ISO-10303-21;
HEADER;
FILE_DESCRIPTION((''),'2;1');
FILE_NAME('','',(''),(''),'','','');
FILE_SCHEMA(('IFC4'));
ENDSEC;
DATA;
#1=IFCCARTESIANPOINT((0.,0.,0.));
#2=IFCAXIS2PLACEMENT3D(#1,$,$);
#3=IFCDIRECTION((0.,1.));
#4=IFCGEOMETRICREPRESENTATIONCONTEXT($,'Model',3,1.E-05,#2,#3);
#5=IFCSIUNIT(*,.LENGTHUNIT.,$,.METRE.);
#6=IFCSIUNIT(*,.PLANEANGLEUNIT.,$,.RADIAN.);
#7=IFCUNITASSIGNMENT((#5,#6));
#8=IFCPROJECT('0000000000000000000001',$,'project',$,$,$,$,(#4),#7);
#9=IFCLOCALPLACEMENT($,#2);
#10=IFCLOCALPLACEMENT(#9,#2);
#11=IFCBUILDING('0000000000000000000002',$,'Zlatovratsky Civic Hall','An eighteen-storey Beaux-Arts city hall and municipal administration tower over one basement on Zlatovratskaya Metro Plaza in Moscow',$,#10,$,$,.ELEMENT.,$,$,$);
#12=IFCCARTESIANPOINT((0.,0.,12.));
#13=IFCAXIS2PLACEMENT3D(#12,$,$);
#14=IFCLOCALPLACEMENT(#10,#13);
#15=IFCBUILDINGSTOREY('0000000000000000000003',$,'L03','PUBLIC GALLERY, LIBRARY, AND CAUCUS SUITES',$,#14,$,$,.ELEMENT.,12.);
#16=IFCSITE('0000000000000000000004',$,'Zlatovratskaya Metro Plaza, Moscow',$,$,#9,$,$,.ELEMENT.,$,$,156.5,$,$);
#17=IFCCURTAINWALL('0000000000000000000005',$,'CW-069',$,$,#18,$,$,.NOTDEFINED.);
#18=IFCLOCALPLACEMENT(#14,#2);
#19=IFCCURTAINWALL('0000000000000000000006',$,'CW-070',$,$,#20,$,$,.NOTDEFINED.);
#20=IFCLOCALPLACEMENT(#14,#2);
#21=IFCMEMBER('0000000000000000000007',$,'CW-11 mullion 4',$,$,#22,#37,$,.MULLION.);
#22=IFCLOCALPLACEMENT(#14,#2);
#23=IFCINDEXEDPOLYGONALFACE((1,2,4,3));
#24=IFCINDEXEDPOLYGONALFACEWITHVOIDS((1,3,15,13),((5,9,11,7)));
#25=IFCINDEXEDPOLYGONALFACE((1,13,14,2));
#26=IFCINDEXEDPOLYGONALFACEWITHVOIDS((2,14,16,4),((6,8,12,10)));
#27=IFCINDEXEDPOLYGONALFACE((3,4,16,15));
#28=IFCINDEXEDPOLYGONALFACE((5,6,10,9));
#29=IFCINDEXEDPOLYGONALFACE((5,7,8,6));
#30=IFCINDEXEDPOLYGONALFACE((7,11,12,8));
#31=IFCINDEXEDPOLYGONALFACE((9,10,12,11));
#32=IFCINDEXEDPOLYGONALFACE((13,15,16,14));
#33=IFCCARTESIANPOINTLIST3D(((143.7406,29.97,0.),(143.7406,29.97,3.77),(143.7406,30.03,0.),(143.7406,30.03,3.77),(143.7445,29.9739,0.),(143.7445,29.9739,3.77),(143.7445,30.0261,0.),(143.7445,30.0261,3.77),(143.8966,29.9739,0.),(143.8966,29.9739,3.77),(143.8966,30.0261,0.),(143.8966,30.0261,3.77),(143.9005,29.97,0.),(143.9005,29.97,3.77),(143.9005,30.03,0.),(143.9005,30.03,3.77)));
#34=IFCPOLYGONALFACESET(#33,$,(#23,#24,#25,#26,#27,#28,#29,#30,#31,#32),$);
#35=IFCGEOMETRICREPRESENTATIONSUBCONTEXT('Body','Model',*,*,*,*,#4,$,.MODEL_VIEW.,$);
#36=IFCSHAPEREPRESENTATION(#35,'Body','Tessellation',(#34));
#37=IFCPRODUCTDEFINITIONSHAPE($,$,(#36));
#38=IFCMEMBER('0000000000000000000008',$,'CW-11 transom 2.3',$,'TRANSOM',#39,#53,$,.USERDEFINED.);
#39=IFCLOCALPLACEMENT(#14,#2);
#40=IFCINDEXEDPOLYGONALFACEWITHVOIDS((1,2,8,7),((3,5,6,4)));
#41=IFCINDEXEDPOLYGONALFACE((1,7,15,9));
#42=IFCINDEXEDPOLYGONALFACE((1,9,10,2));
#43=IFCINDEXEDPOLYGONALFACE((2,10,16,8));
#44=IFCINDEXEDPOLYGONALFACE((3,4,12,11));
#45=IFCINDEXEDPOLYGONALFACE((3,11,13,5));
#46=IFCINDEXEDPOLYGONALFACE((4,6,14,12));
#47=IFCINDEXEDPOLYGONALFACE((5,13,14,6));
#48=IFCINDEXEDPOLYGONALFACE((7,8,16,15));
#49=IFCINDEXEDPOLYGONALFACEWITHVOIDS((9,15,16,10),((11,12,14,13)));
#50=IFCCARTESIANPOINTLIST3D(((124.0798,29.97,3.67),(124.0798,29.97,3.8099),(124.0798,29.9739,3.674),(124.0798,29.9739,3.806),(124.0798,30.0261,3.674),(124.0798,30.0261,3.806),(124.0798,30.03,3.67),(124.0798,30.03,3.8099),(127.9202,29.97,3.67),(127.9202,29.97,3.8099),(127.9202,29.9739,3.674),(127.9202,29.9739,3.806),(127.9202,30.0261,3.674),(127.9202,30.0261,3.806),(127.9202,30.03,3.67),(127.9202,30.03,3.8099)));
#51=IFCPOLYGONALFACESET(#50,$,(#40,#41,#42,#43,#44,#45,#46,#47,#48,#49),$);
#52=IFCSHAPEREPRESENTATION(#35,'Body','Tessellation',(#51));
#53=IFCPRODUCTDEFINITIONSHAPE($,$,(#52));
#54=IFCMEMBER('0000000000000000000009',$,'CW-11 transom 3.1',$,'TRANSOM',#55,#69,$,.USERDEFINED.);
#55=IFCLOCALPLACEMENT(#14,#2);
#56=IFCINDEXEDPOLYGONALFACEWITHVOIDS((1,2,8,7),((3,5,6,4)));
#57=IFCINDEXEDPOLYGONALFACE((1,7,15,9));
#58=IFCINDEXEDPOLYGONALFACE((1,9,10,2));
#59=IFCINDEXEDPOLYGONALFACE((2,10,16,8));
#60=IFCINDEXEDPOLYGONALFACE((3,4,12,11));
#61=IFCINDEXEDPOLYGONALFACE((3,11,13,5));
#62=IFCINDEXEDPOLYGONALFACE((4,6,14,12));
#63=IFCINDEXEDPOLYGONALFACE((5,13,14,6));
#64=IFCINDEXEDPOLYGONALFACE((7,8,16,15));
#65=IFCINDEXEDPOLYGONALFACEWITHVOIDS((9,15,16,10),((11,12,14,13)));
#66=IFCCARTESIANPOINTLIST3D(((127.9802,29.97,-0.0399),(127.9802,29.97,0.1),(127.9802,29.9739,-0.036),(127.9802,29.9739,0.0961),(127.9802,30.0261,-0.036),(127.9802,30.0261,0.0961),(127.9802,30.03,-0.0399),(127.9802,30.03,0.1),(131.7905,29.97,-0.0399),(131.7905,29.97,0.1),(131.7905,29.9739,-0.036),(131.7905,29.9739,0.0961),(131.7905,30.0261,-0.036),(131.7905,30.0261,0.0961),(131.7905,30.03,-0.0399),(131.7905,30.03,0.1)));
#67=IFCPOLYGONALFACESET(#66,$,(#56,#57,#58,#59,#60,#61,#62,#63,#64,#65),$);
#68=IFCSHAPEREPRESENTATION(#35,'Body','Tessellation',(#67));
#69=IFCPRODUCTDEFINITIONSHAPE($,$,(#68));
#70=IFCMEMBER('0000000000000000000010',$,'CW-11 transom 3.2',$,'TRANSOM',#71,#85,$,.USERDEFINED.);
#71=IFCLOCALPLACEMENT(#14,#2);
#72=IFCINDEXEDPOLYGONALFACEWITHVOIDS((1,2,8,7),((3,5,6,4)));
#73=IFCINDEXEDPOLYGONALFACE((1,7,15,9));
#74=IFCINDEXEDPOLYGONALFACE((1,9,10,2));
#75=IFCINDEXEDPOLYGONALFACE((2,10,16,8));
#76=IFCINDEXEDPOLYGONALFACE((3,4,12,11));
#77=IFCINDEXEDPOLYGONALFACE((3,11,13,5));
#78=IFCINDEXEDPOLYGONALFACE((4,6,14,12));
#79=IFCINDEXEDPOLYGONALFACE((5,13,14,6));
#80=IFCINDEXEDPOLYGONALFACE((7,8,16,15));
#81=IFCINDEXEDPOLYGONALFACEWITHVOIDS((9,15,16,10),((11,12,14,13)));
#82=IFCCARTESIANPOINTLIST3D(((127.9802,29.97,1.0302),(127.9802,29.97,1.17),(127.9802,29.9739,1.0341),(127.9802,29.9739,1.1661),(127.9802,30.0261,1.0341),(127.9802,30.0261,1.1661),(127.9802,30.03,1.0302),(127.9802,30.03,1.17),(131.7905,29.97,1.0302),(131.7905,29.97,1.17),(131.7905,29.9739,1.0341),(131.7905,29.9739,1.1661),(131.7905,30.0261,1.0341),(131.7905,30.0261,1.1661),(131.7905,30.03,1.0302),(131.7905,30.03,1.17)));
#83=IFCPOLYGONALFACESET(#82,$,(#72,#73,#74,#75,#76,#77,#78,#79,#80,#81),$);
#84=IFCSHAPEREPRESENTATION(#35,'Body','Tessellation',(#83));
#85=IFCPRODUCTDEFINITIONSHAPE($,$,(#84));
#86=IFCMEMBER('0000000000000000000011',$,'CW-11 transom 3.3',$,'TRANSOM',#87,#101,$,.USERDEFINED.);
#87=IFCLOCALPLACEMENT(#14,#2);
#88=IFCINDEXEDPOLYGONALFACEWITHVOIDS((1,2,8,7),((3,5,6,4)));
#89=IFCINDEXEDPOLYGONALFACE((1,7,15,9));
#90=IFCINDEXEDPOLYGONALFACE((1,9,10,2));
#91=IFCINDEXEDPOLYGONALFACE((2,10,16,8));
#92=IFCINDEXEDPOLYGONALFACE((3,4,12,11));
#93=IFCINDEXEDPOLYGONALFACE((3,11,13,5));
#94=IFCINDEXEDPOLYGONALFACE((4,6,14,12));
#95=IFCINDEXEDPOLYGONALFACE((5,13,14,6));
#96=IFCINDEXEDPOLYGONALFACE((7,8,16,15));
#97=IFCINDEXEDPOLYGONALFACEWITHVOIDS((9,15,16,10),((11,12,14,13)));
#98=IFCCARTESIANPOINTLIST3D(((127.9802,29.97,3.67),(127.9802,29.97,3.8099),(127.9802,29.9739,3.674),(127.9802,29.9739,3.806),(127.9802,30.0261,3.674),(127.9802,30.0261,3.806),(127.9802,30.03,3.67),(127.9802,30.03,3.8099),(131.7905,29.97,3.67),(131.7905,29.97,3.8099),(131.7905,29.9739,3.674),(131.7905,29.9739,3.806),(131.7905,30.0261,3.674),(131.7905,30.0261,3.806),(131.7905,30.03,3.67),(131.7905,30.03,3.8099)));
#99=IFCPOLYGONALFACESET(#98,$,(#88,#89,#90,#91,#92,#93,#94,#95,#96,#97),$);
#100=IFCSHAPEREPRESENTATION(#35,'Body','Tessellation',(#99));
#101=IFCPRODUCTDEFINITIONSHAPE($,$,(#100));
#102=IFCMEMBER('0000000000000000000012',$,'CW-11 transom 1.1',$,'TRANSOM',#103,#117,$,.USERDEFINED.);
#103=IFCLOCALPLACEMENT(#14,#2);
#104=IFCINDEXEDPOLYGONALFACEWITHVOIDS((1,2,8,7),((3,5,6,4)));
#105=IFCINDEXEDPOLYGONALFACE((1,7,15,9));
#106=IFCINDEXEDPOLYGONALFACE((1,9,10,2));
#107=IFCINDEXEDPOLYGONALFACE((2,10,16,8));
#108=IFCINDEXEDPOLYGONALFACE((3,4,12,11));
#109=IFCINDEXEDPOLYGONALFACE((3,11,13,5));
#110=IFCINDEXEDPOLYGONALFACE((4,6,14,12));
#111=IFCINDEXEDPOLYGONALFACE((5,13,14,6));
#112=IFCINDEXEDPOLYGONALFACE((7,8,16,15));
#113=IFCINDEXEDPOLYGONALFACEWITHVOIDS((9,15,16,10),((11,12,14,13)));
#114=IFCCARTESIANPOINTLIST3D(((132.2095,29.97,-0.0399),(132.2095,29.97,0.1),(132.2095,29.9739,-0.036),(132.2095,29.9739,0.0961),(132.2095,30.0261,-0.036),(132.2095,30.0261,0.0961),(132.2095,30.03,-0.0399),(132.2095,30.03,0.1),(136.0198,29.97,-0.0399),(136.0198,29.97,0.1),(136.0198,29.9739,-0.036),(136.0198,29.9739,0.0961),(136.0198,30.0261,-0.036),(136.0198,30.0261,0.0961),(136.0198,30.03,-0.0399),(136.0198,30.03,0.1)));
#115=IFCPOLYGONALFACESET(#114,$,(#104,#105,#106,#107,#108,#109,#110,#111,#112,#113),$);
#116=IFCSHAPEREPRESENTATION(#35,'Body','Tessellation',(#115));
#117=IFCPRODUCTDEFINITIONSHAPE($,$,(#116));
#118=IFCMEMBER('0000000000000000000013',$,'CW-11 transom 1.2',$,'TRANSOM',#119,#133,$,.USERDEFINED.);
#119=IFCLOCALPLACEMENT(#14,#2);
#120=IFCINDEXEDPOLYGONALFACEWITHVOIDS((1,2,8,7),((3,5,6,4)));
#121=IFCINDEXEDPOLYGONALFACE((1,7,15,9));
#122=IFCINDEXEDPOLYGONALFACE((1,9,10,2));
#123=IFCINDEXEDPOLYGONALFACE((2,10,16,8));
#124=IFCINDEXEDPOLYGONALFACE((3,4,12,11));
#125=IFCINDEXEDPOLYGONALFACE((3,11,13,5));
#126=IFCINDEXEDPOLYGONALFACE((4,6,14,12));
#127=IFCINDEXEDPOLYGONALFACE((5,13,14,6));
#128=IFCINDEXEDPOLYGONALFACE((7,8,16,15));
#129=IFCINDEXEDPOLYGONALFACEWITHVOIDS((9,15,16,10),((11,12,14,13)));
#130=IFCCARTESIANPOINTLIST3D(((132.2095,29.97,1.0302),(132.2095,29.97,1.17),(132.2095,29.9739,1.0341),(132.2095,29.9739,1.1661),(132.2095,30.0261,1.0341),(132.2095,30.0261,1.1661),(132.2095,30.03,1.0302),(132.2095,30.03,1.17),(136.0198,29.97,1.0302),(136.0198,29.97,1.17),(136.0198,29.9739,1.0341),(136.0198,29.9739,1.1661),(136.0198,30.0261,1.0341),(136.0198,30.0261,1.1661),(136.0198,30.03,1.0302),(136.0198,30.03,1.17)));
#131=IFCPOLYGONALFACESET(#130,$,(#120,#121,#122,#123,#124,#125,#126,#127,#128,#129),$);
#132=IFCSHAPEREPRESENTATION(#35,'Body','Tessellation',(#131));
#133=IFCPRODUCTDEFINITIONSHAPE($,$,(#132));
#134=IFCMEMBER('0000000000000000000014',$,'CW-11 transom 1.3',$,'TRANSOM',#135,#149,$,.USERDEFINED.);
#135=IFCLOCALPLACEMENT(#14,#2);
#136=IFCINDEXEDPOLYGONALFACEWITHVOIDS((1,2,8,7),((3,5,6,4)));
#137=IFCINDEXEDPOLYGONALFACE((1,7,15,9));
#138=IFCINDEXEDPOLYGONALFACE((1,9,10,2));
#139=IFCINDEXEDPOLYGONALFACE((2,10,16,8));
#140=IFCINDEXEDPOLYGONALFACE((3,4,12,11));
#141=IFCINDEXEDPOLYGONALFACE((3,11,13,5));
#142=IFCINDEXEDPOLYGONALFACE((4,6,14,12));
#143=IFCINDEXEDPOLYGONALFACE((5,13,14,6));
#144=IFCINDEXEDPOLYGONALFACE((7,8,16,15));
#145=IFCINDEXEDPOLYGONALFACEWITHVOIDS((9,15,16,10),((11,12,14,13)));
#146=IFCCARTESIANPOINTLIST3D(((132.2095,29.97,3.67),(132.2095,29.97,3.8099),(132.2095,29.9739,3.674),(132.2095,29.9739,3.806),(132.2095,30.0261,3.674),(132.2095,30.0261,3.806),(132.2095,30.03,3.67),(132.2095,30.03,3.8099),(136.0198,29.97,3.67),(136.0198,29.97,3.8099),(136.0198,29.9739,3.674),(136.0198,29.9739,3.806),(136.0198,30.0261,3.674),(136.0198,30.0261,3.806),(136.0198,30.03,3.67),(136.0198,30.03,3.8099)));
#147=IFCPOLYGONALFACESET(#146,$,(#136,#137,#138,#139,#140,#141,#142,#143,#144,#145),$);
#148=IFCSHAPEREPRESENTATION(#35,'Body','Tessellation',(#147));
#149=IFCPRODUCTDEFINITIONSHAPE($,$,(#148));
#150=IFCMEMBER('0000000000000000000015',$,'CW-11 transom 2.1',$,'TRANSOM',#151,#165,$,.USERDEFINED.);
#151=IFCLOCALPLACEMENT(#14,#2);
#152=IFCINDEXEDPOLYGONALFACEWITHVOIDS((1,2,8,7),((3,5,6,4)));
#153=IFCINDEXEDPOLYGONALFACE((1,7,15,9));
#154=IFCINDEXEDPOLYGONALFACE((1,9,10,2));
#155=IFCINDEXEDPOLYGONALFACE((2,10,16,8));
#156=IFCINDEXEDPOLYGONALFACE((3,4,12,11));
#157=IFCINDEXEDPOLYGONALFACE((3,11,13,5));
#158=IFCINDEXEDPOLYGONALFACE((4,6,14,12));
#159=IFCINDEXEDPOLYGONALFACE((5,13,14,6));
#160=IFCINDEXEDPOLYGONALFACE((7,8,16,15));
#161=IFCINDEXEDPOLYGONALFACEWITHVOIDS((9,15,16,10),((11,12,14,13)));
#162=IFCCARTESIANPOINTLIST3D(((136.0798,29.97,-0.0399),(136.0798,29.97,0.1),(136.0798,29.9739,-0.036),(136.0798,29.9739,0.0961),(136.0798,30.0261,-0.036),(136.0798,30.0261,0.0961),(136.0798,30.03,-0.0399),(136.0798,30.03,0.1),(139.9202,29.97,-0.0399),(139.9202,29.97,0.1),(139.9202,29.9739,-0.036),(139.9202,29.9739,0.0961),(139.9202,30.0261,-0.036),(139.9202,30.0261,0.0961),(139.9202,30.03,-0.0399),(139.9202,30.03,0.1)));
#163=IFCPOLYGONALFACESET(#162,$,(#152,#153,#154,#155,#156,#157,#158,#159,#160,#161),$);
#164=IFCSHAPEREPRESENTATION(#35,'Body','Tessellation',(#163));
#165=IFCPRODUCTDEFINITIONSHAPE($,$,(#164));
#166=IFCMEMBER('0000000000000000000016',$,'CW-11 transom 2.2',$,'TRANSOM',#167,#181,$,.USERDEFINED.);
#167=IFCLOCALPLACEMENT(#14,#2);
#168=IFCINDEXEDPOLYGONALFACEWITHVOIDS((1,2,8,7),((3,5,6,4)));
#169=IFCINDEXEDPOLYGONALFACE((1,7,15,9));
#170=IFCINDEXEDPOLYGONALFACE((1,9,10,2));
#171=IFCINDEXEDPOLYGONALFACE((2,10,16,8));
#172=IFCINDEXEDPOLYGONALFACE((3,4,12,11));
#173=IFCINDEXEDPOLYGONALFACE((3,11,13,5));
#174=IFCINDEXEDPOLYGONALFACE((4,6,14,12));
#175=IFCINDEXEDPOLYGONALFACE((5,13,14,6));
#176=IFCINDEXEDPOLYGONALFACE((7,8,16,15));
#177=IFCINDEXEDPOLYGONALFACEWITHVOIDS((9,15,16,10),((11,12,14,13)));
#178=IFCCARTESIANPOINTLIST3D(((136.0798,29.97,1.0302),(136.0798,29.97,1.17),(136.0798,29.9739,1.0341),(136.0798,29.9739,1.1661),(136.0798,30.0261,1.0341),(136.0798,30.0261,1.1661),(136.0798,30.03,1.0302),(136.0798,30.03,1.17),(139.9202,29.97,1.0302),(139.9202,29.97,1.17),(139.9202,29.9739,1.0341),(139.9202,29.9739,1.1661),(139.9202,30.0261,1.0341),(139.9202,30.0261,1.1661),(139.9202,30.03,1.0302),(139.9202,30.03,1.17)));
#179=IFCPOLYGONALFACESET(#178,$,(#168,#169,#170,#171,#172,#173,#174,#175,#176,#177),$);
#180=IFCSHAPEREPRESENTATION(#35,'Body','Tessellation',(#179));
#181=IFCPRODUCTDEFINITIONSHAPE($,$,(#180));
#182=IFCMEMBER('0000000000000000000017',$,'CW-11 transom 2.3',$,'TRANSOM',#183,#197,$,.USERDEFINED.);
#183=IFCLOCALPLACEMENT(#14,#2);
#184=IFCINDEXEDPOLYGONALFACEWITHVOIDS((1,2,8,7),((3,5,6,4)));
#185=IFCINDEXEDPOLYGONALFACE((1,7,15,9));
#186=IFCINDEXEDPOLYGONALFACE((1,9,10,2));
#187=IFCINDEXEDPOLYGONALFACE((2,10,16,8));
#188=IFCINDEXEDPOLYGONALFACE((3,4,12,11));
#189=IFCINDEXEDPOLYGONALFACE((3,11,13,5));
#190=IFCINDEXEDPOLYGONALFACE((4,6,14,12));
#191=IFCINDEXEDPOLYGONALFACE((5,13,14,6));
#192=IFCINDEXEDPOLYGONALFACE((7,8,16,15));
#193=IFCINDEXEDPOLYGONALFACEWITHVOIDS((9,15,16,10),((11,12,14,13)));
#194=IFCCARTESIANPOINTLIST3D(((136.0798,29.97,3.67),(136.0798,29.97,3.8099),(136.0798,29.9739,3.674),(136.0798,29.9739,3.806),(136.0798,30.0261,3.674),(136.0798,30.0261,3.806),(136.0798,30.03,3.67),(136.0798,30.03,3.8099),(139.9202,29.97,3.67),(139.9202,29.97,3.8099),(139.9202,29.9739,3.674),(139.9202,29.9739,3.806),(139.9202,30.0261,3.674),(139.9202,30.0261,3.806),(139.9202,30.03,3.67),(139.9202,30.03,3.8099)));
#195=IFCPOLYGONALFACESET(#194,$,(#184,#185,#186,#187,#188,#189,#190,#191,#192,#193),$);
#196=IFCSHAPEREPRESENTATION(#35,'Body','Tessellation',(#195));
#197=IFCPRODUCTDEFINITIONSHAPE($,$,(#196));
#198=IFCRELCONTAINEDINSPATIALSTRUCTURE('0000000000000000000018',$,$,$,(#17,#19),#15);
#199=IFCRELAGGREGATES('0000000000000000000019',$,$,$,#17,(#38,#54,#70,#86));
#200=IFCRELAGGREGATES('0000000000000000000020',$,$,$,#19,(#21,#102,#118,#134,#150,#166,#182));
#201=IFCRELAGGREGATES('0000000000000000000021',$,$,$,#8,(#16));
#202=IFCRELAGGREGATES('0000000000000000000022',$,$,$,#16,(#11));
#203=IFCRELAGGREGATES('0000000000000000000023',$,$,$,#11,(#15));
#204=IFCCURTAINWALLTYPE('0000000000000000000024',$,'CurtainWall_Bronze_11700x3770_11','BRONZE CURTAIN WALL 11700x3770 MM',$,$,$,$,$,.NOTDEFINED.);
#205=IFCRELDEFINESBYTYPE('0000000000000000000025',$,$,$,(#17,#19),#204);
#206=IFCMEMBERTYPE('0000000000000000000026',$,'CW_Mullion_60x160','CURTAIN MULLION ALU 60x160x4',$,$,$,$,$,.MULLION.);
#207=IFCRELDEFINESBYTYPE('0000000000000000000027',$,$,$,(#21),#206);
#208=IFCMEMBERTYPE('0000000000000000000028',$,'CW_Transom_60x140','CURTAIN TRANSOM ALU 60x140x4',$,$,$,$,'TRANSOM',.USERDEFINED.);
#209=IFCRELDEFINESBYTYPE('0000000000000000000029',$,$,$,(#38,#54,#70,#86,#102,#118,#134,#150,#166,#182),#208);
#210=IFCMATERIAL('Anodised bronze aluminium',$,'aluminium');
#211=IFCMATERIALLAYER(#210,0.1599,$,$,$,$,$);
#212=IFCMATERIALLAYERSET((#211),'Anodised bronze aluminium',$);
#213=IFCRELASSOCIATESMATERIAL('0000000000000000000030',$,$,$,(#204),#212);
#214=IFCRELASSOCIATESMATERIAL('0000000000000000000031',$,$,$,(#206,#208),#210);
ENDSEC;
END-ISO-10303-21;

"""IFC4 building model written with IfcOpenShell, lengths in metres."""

from ifc_helpers import new_model, si_unit, direction, frame, origin, origin_2d, place, context, subcontext, project, spatial, hollow_rectangle, extrude, material, layer, layer_set, material_profile, profile_set, type_object, element, aggregate, save


model = new_model("IFC4")

# Units and contexts
model_context = context("Model", 3, precision=1e-05, world=origin(), true_north=direction((0.0, 1.0)))
body_context = subcontext(model_context, "Body", "Model", "MODEL_VIEW")
ifc_project = project(units=[si_unit("LENGTHUNIT", "METRE"), si_unit("PLANEANGLEUNIT", "RADIAN")], contexts=[model_context])

# Site, building, storey
site_placement = place(None, origin())
site = spatial("IfcSite", under=ifc_project, at=site_placement, Name="Zlatovratskaya Metro Plaza, Moscow", CompositionType="ELEMENT", RefElevation=156.5)
building_placement = place(site_placement, origin())
building = spatial("IfcBuilding", under=site, at=building_placement, Name="Zlatovratsky Civic Hall", Description="An eighteen-storey Beaux-Arts city hall and municipal administration tower over one basement on Zlatovratskaya Metro Plaza in Moscow", CompositionType="ELEMENT")
storey_placement = place(building_placement, frame((0.0, 0.0, 12.0)))
storey = spatial("IfcBuildingStorey", under=building, at=storey_placement, Name="L03", Description="PUBLIC GALLERY, LIBRARY, AND CAUCUS SUITES", CompositionType="ELEMENT", Elevation=12.0)

# Curtain walls, member
ifc_material_1 = material(Name="Anodised bronze aluminium", Category="aluminium")
ifc_layer_1 = layer(ifc_material_1, 0.1599)
ifc_layer_set_1 = layer_set([ifc_layer_1], Name="Anodised bronze aluminium")
curtain_wall_type = type_object("IfcCurtainWallType", Name="CurtainWall_Bronze_11700x3770_11", Description="BRONZE CURTAIN WALL 11700x3770 MM", PredefinedType="NOTDEFINED", material=ifc_layer_set_1)
curtain_wall_1_placement = place(storey_placement, origin())
curtain_wall_1 = element("IfcCurtainWall", 1, at=curtain_wall_1_placement, inside=storey, type_object=curtain_wall_type, Name="CW-069", PredefinedType="NOTDEFINED")
ifc_material_profile_1 = material_profile(ifc_material_1, hollow_rectangle(XDim=0.0601, YDim=0.1599, WallThickness=0.0039, at=origin_2d()), Name="ALU 60x160x4")
ifc_profile_set_1 = profile_set([ifc_material_profile_1], Name="Anodised bronze aluminium")
member_type_1 = type_object("IfcMemberType", Name="CW_Mullion_60x160", Description="CURTAIN MULLION ALU 60x160x4", PredefinedType="MULLION", material=ifc_profile_set_1)
curtain_wall_2_placement = place(storey_placement, origin())
curtain_wall_2 = element("IfcCurtainWall", 2, at=curtain_wall_2_placement, inside=storey, type_object=curtain_wall_type, Name="CW-070", PredefinedType="NOTDEFINED")
member_1_placement = place(storey_placement, frame((143.8206, 30.0, 0.0), z_axis=(0.0, 0.0, 1.0), x_axis=(0.0, 1.0, 0.0)))
member_1 = element("IfcMember", 3, at=member_1_placement, type_object=member_type_1, Name="CW-11 mullion 4", PredefinedType="MULLION", context=body_context, shape_type="SweptSolid", body=[
    extrude(hollow_rectangle(XDim=0.0601, YDim=0.1599, WallThickness=0.0039, at=origin_2d()), origin(), (0.0, 0.0, 1.0), 3.77),
])

# Members
ifc_material_profile_2 = material_profile(ifc_material_1, hollow_rectangle(XDim=0.0601, YDim=0.1399, WallThickness=0.0039, at=origin_2d()), Name="ALU 60x140x4")
ifc_profile_set_2 = profile_set([ifc_material_profile_2], Name="Anodised bronze aluminium")
member_type_2 = type_object("IfcMemberType", Name="CW_Transom_60x140", Description="CURTAIN TRANSOM ALU 60x140x4", ElementType="TRANSOM", PredefinedType="USERDEFINED", material=ifc_profile_set_2)
member_2_placement = place(storey_placement, frame((124.0798, 30.0, 3.74), z_axis=(1.0, 0.0, 0.0), x_axis=(0.0, 1.0, 0.0)))
member_2 = element("IfcMember", 4, at=member_2_placement, type_object=member_type_2, Name="CW-11 transom 2.3", ObjectType="TRANSOM", PredefinedType="USERDEFINED", context=body_context, shape_type="SweptSolid", body=[
    extrude(hollow_rectangle(XDim=0.0601, YDim=0.1399, WallThickness=0.0039, at=origin_2d()), origin(), (0.0, 0.0, 1.0), 3.8403),
])
member_3_placement = place(storey_placement, frame((127.9802, 30.0, 0.03), z_axis=(1.0, 0.0, 0.0), x_axis=(0.0, 1.0, 0.0)))
member_3 = element("IfcMember", 5, at=member_3_placement, type_object=member_type_2, Name="CW-11 transom 3.1", ObjectType="TRANSOM", PredefinedType="USERDEFINED", context=body_context, shape_type="SweptSolid", body=[
    extrude(hollow_rectangle(XDim=0.0601, YDim=0.1399, WallThickness=0.0039, at=origin_2d()), origin(), (0.0, 0.0, 1.0), 3.8103),
])
member_4_placement = place(storey_placement, frame((127.9802, 30.0, 1.1001), z_axis=(1.0, 0.0, 0.0), x_axis=(0.0, 1.0, 0.0)))
member_4 = element("IfcMember", 6, at=member_4_placement, type_object=member_type_2, Name="CW-11 transom 3.2", ObjectType="TRANSOM", PredefinedType="USERDEFINED", context=body_context, shape_type="SweptSolid", body=[
    extrude(hollow_rectangle(XDim=0.0601, YDim=0.1399, WallThickness=0.0039, at=origin_2d()), origin(), (0.0, 0.0, 1.0), 3.8103),
])
member_5_placement = place(storey_placement, frame((127.9802, 30.0, 3.74), z_axis=(1.0, 0.0, 0.0), x_axis=(0.0, 1.0, 0.0)))
member_5 = element("IfcMember", 7, at=member_5_placement, type_object=member_type_2, Name="CW-11 transom 3.3", ObjectType="TRANSOM", PredefinedType="USERDEFINED", context=body_context, shape_type="SweptSolid", body=[
    extrude(hollow_rectangle(XDim=0.0601, YDim=0.1399, WallThickness=0.0039, at=origin_2d()), origin(), (0.0, 0.0, 1.0), 3.8103),
])
member_6_placement = place(storey_placement, frame((132.2095, 30.0, 0.03), z_axis=(1.0, 0.0, 0.0), x_axis=(0.0, 1.0, 0.0)))
member_6 = element("IfcMember", 8, at=member_6_placement, type_object=member_type_2, Name="CW-11 transom 1.1", ObjectType="TRANSOM", PredefinedType="USERDEFINED", context=body_context, shape_type="SweptSolid", body=[
    extrude(hollow_rectangle(XDim=0.0601, YDim=0.1399, WallThickness=0.0039, at=origin_2d()), origin(), (0.0, 0.0, 1.0), 3.8103),
])
member_7_placement = place(storey_placement, frame((132.2095, 30.0, 1.1001), z_axis=(1.0, 0.0, 0.0), x_axis=(0.0, 1.0, 0.0)))
member_7 = element("IfcMember", 9, at=member_7_placement, type_object=member_type_2, Name="CW-11 transom 1.2", ObjectType="TRANSOM", PredefinedType="USERDEFINED", context=body_context, shape_type="SweptSolid", body=[
    extrude(hollow_rectangle(XDim=0.0601, YDim=0.1399, WallThickness=0.0039, at=origin_2d()), origin(), (0.0, 0.0, 1.0), 3.8103),
])
member_8_placement = place(storey_placement, frame((132.2095, 30.0, 3.74), z_axis=(1.0, 0.0, 0.0), x_axis=(0.0, 1.0, 0.0)))
member_8 = element("IfcMember", 10, at=member_8_placement, type_object=member_type_2, Name="CW-11 transom 1.3", ObjectType="TRANSOM", PredefinedType="USERDEFINED", context=body_context, shape_type="SweptSolid", body=[
    extrude(hollow_rectangle(XDim=0.0601, YDim=0.1399, WallThickness=0.0039, at=origin_2d()), origin(), (0.0, 0.0, 1.0), 3.8103),
])
member_9_placement = place(storey_placement, frame((136.0798, 30.0, 0.03), z_axis=(1.0, 0.0, 0.0), x_axis=(0.0, 1.0, 0.0)))
member_9 = element("IfcMember", 11, at=member_9_placement, type_object=member_type_2, Name="CW-11 transom 2.1", ObjectType="TRANSOM", PredefinedType="USERDEFINED", context=body_context, shape_type="SweptSolid", body=[
    extrude(hollow_rectangle(XDim=0.0601, YDim=0.1399, WallThickness=0.0039, at=origin_2d()), origin(), (0.0, 0.0, 1.0), 3.8403),
])
member_10_placement = place(storey_placement, frame((136.0798, 30.0, 1.1001), z_axis=(1.0, 0.0, 0.0), x_axis=(0.0, 1.0, 0.0)))
member_10 = element("IfcMember", 12, at=member_10_placement, type_object=member_type_2, Name="CW-11 transom 2.2", ObjectType="TRANSOM", PredefinedType="USERDEFINED", context=body_context, shape_type="SweptSolid", body=[
    extrude(hollow_rectangle(XDim=0.0601, YDim=0.1399, WallThickness=0.0039, at=origin_2d()), origin(), (0.0, 0.0, 1.0), 3.8403),
])
member_11_placement = place(storey_placement, frame((136.0798, 30.0, 3.74), z_axis=(1.0, 0.0, 0.0), x_axis=(0.0, 1.0, 0.0)))
member_11 = element("IfcMember", 13, at=member_11_placement, type_object=member_type_2, Name="CW-11 transom 2.3", ObjectType="TRANSOM", PredefinedType="USERDEFINED", context=body_context, shape_type="SweptSolid", body=[
    extrude(hollow_rectangle(XDim=0.0601, YDim=0.1399, WallThickness=0.0039, at=origin_2d()), origin(), (0.0, 0.0, 1.0), 3.8403),
])

aggregate(curtain_wall_1, [member_2, member_3, member_4, member_5])
aggregate(curtain_wall_2, [member_1, member_6, member_7, member_8, member_9, member_10, member_11])

save(model, "model.ifc")
